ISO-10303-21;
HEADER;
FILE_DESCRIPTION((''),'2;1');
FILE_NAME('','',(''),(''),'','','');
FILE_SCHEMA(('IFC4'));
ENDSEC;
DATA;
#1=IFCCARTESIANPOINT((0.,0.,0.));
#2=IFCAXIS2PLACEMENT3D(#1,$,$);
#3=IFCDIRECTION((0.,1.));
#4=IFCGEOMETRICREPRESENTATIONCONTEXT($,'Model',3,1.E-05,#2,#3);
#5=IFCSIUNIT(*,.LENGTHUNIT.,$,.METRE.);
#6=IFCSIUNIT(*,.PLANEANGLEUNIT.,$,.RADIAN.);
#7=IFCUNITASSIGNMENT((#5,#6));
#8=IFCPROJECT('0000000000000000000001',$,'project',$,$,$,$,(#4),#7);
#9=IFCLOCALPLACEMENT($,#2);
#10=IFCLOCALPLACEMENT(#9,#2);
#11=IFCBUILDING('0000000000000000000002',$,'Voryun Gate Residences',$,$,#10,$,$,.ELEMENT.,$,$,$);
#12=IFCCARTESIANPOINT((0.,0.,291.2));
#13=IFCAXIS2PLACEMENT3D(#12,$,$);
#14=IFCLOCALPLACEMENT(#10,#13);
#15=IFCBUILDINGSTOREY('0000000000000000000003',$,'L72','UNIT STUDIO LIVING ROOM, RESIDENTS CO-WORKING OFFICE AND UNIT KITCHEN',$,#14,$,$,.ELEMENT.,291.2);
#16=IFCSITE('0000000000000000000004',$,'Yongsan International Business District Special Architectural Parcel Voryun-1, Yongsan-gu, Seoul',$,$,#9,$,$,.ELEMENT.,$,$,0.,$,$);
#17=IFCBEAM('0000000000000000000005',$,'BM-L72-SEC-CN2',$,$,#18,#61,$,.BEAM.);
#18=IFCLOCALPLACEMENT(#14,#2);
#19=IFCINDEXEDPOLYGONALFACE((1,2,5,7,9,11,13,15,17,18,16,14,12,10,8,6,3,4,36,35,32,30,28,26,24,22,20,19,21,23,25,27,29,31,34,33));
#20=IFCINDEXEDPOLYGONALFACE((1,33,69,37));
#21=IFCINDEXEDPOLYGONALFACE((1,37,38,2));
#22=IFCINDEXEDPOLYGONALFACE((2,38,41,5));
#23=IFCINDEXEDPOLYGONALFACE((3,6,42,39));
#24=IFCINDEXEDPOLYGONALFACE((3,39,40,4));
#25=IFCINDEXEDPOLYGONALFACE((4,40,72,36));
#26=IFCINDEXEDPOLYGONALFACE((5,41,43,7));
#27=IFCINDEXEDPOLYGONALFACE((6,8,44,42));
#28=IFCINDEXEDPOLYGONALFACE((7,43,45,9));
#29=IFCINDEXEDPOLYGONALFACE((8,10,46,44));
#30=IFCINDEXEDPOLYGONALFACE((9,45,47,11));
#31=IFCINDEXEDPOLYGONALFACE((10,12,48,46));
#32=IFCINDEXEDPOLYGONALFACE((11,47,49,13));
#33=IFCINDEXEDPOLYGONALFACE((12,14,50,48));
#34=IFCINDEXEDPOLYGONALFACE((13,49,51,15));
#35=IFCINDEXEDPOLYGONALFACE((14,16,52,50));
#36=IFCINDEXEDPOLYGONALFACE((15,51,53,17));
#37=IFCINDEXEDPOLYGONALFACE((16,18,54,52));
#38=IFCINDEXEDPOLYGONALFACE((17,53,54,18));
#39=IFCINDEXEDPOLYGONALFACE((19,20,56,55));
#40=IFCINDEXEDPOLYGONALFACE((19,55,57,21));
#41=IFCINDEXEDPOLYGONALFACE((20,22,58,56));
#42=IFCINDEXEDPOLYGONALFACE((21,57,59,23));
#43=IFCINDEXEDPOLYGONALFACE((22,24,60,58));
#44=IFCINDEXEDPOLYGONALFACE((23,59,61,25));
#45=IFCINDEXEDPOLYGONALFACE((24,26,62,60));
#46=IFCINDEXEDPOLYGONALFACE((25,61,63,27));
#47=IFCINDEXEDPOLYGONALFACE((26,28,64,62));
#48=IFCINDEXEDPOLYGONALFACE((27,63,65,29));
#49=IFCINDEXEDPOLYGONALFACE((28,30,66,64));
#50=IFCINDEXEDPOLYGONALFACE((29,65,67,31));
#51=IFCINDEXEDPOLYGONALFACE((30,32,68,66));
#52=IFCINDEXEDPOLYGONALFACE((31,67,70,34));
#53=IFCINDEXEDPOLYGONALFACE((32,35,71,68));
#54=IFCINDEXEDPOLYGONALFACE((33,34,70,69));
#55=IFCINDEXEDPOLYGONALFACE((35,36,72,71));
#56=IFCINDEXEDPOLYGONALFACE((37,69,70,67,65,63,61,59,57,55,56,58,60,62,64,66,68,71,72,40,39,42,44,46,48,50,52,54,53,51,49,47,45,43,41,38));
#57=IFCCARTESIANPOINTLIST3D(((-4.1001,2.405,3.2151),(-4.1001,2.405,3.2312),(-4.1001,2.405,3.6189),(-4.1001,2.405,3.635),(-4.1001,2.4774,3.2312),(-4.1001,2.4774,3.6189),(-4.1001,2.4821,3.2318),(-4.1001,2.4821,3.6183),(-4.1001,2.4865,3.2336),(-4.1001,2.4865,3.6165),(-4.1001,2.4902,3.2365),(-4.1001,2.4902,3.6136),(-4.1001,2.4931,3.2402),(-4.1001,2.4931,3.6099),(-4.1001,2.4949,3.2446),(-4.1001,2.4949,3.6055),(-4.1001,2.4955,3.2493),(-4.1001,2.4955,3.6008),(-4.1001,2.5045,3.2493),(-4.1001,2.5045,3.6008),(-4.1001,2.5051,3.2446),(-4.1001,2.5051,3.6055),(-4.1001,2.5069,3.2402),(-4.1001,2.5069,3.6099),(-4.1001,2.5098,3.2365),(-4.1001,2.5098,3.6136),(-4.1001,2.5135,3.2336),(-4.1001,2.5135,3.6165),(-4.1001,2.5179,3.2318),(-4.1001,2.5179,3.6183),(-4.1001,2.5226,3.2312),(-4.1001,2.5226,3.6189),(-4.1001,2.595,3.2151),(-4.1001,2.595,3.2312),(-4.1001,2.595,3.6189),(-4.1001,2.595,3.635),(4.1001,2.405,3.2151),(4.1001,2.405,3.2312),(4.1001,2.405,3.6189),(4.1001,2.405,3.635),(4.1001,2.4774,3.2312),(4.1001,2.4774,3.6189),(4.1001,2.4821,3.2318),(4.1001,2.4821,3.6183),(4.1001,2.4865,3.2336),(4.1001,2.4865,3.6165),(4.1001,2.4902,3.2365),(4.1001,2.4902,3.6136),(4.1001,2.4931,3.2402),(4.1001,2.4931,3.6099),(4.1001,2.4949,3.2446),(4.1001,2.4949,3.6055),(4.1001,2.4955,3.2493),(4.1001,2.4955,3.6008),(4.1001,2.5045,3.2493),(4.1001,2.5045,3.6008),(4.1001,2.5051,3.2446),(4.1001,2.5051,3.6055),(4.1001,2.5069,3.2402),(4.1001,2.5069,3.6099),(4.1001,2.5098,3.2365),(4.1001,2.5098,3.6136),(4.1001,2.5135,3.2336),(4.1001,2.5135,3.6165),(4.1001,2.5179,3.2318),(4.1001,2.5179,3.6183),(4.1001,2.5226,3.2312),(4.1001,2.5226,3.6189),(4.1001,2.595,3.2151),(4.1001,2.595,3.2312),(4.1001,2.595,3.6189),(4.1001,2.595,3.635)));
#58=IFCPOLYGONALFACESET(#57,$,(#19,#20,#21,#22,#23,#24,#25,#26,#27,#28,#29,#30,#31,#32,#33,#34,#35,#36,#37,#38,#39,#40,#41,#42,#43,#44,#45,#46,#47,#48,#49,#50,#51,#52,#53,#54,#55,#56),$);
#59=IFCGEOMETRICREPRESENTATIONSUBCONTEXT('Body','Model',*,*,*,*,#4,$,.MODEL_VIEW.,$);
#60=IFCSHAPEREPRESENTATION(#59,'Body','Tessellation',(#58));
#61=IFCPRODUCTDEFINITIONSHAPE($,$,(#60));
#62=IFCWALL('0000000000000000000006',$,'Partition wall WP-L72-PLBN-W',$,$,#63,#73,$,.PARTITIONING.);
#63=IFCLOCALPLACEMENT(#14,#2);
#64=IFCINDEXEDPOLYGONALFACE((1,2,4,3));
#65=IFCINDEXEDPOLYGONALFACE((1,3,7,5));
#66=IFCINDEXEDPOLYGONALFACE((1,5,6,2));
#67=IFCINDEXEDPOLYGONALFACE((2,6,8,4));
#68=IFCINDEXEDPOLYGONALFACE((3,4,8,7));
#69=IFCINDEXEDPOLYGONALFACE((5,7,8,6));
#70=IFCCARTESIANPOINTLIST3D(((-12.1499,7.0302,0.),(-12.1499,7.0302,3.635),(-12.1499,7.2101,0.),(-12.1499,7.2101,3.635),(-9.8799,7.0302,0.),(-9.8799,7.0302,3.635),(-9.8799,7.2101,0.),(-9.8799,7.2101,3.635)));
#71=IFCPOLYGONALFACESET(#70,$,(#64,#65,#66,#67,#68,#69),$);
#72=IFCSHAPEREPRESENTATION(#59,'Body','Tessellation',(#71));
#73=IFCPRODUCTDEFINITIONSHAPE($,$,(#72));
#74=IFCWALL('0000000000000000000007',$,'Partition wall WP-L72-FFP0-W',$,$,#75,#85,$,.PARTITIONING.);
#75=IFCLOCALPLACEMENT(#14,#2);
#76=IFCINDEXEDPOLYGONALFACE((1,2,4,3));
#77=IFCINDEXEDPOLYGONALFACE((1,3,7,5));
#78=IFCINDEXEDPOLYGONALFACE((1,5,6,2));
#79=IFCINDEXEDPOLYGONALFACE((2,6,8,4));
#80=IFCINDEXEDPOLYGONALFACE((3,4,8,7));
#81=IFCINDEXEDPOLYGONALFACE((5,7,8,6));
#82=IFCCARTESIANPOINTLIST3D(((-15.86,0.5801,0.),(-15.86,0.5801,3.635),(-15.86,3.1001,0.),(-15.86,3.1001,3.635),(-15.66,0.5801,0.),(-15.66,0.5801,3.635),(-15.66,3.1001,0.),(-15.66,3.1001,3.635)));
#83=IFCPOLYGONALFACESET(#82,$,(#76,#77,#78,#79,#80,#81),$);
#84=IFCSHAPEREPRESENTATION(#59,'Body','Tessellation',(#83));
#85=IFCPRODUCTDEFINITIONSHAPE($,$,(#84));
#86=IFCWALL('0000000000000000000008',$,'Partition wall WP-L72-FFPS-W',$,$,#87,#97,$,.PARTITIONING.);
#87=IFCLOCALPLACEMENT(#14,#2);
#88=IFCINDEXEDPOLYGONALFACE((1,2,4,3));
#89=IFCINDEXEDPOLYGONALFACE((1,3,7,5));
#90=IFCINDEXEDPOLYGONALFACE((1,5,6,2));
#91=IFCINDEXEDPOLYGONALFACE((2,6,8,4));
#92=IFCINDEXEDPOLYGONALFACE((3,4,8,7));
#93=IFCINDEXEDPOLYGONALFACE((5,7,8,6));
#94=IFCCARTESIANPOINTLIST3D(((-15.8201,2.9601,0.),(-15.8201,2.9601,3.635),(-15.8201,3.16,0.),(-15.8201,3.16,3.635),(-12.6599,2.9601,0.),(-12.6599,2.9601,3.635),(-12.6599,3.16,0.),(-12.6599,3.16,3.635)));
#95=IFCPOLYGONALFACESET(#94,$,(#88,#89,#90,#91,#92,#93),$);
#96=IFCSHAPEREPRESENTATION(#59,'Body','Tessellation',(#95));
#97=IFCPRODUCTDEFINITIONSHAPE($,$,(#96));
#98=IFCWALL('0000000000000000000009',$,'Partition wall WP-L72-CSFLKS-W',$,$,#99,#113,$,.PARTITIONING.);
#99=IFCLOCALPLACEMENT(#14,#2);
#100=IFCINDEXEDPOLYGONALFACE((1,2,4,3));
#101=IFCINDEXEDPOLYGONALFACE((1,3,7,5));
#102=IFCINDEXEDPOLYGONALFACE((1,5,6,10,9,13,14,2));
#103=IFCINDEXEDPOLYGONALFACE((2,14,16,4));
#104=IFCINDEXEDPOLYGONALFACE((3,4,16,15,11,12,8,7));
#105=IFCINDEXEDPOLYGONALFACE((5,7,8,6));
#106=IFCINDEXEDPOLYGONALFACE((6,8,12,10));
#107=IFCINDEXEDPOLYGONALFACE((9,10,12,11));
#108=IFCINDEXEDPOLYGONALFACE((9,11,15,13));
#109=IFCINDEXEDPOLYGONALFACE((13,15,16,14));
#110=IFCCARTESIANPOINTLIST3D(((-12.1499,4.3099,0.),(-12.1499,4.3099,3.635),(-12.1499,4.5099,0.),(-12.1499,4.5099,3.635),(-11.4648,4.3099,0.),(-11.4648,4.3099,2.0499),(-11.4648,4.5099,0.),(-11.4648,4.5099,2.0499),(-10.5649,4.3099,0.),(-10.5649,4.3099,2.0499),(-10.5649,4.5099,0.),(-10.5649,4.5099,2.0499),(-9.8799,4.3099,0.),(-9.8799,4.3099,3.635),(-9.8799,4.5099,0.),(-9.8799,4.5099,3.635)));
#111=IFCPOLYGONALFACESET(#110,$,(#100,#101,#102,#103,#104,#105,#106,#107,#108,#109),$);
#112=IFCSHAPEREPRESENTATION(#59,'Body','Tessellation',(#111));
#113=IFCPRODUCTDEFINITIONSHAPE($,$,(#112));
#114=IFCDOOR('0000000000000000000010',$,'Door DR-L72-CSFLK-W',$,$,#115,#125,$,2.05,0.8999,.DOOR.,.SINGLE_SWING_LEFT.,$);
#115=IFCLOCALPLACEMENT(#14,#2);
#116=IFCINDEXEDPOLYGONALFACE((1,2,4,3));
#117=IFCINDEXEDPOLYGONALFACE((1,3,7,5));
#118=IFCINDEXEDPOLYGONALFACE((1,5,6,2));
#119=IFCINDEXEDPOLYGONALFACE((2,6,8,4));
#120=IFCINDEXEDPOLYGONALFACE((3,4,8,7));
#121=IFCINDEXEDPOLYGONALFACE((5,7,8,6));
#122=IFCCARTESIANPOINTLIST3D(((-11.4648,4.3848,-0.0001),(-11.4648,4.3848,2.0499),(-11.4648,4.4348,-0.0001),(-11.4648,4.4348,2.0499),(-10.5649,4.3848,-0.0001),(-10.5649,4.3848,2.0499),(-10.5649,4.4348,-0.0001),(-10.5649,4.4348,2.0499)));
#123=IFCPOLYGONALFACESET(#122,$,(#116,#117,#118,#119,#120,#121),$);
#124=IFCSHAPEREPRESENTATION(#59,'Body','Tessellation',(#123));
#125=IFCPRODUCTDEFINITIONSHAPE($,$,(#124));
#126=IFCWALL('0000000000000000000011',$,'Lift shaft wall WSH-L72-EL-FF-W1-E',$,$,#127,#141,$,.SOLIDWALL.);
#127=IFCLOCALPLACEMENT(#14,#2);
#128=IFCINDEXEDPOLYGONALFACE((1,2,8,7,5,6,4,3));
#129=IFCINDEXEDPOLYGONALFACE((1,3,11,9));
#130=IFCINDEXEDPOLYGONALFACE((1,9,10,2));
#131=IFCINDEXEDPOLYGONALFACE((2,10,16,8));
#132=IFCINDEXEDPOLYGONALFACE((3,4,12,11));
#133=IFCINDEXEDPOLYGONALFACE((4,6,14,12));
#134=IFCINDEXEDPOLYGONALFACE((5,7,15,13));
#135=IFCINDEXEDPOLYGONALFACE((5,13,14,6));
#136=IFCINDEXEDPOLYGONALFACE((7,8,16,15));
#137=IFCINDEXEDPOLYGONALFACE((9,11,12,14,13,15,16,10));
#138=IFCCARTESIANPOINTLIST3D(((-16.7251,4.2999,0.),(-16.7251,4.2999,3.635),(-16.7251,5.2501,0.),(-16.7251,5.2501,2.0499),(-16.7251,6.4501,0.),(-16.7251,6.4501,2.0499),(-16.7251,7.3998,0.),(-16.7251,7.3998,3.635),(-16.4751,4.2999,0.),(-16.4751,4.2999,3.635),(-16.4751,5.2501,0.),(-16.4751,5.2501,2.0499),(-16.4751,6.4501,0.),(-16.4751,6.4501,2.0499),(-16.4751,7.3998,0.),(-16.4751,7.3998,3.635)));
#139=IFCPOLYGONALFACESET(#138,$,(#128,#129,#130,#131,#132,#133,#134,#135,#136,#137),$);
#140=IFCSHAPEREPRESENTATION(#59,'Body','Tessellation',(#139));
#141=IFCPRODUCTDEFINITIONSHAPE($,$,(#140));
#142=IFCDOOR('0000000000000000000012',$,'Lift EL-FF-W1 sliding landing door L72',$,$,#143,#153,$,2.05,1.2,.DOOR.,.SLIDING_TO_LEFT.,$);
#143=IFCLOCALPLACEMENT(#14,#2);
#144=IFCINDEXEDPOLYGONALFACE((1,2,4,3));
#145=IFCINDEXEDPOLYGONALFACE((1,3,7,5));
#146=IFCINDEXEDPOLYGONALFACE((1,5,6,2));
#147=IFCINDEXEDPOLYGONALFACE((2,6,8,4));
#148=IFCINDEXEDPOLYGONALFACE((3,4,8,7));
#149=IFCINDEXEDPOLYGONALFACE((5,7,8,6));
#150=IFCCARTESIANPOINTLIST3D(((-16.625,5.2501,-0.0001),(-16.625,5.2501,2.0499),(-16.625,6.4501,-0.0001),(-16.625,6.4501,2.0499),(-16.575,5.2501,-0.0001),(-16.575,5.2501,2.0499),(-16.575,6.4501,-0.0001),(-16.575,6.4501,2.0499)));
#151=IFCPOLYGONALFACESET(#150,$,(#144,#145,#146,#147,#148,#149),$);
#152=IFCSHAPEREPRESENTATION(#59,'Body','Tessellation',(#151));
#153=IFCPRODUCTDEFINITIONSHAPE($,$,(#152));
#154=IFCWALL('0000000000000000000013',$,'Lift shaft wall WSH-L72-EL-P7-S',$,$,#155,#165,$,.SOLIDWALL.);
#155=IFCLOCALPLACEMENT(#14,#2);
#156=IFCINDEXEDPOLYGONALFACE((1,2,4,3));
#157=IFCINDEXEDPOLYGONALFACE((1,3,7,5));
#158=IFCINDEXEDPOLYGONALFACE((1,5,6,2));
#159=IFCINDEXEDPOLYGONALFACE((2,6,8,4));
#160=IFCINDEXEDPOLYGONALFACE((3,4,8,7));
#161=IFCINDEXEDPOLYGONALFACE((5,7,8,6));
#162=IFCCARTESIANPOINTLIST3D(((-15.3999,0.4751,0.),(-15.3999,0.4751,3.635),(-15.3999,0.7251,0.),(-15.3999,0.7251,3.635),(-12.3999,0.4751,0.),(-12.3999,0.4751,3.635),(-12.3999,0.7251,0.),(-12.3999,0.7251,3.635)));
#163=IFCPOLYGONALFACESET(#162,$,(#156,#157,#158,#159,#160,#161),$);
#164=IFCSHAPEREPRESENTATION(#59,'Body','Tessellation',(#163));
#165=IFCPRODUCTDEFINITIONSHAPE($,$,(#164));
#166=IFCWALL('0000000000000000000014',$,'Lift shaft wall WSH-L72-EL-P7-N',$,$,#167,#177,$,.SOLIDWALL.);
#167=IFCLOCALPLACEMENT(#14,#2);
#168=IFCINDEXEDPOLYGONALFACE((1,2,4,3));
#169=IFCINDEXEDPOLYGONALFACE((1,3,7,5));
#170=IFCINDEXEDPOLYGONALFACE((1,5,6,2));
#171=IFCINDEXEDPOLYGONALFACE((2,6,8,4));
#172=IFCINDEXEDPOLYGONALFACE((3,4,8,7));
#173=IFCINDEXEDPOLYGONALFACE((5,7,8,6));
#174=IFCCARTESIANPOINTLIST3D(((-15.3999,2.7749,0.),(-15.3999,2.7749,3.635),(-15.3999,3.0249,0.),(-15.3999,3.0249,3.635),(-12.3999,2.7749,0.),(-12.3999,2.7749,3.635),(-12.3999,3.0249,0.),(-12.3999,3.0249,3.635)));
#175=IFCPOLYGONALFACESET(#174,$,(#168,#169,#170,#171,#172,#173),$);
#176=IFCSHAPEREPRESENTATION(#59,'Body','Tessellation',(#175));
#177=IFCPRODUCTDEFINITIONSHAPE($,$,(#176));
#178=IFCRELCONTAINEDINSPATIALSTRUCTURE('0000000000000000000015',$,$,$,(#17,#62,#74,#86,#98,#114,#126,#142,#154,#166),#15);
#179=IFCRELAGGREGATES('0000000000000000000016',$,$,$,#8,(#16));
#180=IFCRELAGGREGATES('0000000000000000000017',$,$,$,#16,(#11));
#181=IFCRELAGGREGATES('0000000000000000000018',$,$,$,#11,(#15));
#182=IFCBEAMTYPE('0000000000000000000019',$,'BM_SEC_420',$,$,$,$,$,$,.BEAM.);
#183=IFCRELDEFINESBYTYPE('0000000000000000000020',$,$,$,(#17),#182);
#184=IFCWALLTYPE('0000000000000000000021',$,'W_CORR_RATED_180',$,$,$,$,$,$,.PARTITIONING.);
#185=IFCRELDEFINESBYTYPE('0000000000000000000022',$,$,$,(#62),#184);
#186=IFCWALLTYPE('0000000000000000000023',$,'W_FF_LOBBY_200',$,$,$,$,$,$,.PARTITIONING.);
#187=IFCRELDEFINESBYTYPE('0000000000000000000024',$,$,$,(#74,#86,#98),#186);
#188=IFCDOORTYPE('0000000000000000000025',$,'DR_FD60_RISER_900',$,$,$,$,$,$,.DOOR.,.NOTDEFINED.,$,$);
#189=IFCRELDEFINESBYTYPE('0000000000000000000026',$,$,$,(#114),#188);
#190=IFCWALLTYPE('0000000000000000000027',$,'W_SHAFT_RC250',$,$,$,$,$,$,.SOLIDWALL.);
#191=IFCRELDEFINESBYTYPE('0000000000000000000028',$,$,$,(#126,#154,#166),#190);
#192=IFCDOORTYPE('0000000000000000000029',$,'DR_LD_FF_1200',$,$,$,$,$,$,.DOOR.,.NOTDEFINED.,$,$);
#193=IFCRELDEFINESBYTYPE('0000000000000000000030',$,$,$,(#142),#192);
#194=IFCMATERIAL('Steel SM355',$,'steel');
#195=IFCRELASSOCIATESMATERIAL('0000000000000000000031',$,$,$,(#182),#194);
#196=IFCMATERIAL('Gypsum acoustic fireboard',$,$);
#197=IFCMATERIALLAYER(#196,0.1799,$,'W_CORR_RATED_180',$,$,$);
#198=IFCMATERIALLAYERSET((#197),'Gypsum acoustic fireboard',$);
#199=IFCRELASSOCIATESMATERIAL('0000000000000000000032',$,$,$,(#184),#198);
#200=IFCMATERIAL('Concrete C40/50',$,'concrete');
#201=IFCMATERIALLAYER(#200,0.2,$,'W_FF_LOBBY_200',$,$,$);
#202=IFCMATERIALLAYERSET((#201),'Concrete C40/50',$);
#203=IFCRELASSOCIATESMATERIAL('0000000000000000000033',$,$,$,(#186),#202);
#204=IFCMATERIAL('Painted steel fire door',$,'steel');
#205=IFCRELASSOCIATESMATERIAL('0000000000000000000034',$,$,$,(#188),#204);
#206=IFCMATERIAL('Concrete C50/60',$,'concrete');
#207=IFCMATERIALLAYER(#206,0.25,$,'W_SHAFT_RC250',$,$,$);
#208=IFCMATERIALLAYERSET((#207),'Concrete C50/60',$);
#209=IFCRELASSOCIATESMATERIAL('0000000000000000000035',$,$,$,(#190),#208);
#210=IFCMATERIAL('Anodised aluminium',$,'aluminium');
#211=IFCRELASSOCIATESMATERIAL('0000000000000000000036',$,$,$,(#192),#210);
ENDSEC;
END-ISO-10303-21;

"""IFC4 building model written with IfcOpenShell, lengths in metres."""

from ifc_helpers import new_model, si_unit, direction, frame, frame_2d, origin, origin_2d, place, context, subcontext, project, spatial, rectangle, i_section, extrude, material, layer, layer_set, material_profile, profile_set, type_object, element, fill, save


model = new_model("IFC4")

# Units and contexts
model_context = context("Model", 3, precision=1e-05, world=origin(), true_north=direction((0.0, 1.0)))
body_context = subcontext(model_context, "Body", "Model", "MODEL_VIEW")
ifc_project = project(units=[si_unit("LENGTHUNIT", "METRE"), si_unit("PLANEANGLEUNIT", "RADIAN")], contexts=[model_context])

# Site, building, storey
site_placement = place(None, origin())
site = spatial("IfcSite", under=ifc_project, at=site_placement, Name="Yongsan International Business District Special Architectural Parcel Voryun-1, Yongsan-gu, Seoul", CompositionType="ELEMENT", RefElevation=0.0)
building_placement = place(site_placement, origin())
building = spatial("IfcBuilding", under=site, at=building_placement, Name="Voryun Gate Residences", CompositionType="ELEMENT")
storey_placement = place(building_placement, frame((0.0, 0.0, 291.2)))
storey = spatial("IfcBuildingStorey", under=building, at=storey_placement, Name="L72", Description="UNIT STUDIO LIVING ROOM, RESIDENTS CO-WORKING OFFICE AND UNIT KITCHEN", CompositionType="ELEMENT", Elevation=291.2)

# Beam
ifc_material_1 = material(Name="Steel SM355", Category="steel")
ifc_material_profile_1 = material_profile(ifc_material_1, i_section(OverallWidth=0.1899, OverallDepth=0.4199, WebThickness=0.009, FlangeThickness=0.0161, FilletRadius=0.0181, at=origin_2d()), Name="H-420x190x9x16")
ifc_profile_set_1 = profile_set([ifc_material_profile_1], Name="Steel SM355")
beam_type = type_object("IfcBeamType", Name="BM_SEC_420", PredefinedType="BEAM", material=ifc_profile_set_1)
beam_1_placement = place(storey_placement, frame((-4.1001, 2.5, 3.425), z_axis=(1.0, 0.0, 0.0), x_axis=(0.0, 1.0, 0.0)))
element("IfcBeam", 1, at=beam_1_placement, inside=storey, type_object=beam_type, Name="BM-L72-SEC-CN2", PredefinedType="BEAM", context=body_context, shape_type="SweptSolid", body=[
    extrude(i_section(OverallWidth=0.1899, OverallDepth=0.4199, WebThickness=0.009, FlangeThickness=0.0161, FilletRadius=0.0181, at=origin_2d()), origin(), (0.0, 0.0, 1.0), 8.2002),
])

# Walls
ifc_material_2 = material(Name="Gypsum acoustic fireboard")
ifc_layer_1 = layer(ifc_material_2, 0.1799, Name="W_CORR_RATED_180")
ifc_layer_set_1 = layer_set([ifc_layer_1], Name="Gypsum acoustic fireboard")
wall_type_1 = type_object("IfcWallType", Name="W_CORR_RATED_180", PredefinedType="PARTITIONING", material=ifc_layer_set_1)
wall_1_placement = place(storey_placement, frame((-12.1499, 7.1201, 0.0), z_axis=(0.0, 0.0, 1.0), x_axis=(1.0, 0.0, 0.0)))
element("IfcWall", 2, at=wall_1_placement, inside=storey, type_object=wall_type_1, Name="Partition wall WP-L72-PLBN-W", PredefinedType="PARTITIONING", context=body_context, shape_type="SweptSolid", body=[
    extrude(rectangle(XDim=2.27, YDim=0.1799, at=frame_2d((1.135, 0.0))), origin(), (0.0, 0.0, 1.0), 3.635),
])
ifc_material_3 = material(Name="Concrete C40/50", Category="concrete")
ifc_layer_2 = layer(ifc_material_3, 0.2, Name="W_FF_LOBBY_200")
ifc_layer_set_2 = layer_set([ifc_layer_2], Name="Concrete C40/50")
wall_type_2 = type_object("IfcWallType", Name="W_FF_LOBBY_200", PredefinedType="PARTITIONING", material=ifc_layer_set_2)
wall_2_placement = place(storey_placement, frame((-15.76, 0.5801, 0.0), z_axis=(0.0, 0.0, 1.0), x_axis=(0.0, 1.0, 0.0)))
element("IfcWall", 3, at=wall_2_placement, inside=storey, type_object=wall_type_2, Name="Partition wall WP-L72-FFP0-W", PredefinedType="PARTITIONING", context=body_context, shape_type="SweptSolid", body=[
    extrude(rectangle(XDim=2.52, YDim=0.2, at=frame_2d((1.26, 0.0))), origin(), (0.0, 0.0, 1.0), 3.635),
])
wall_3_placement = place(storey_placement, frame((-15.8201, 3.0601, 0.0), z_axis=(0.0, 0.0, 1.0), x_axis=(1.0, 0.0, 0.0)))
element("IfcWall", 4, at=wall_3_placement, inside=storey, type_object=wall_type_2, Name="Partition wall WP-L72-FFPS-W", PredefinedType="PARTITIONING", context=body_context, shape_type="SweptSolid", body=[
    extrude(rectangle(XDim=3.1602, YDim=0.2, at=frame_2d((1.5801, 0.0))), origin(), (0.0, 0.0, 1.0), 3.635),
])

# Walls, openings, doors
wall_4_placement = place(storey_placement, frame((-12.1499, 4.4099, 0.0), z_axis=(0.0, 0.0, 1.0), x_axis=(1.0, 0.0, 0.0)))
wall_4 = element("IfcWall", 5, at=wall_4_placement, inside=storey, type_object=wall_type_2, Name="Partition wall WP-L72-CSFLKS-W", PredefinedType="PARTITIONING", context=body_context, shape_type="SweptSolid", body=[
    extrude(rectangle(XDim=2.27, YDim=0.2, at=frame_2d((1.135, 0.0))), origin(), (0.0, 0.0, 1.0), 3.635),
])
opening_1_placement = place(wall_4_placement, frame((0.6851, 0.0, 0.0)))
opening_1 = element("IfcOpeningElement", 6, at=opening_1_placement, cuts=wall_4, PredefinedType="OPENING", context=body_context, shape_type="SweptSolid", body=[
    extrude(rectangle(XDim=0.8999, YDim=2.05, at=frame_2d((0.45, 1.0249))), frame((0.0, 0.1101, 0.0), z_axis=(0.0, -1.0, 0.0), x_axis=(1.0, 0.0, 0.0)), (0.0, 0.0, 1.0), 0.22),
])
ifc_material_4 = material(Name="Painted steel fire door", Category="steel")
door_type_1 = type_object("IfcDoorType", Name="DR_FD60_RISER_900", OperationType="NOTDEFINED", PredefinedType="DOOR", material=ifc_material_4)
door_1_placement = place(opening_1_placement, origin())
door_1 = element("IfcDoor", 7, at=door_1_placement, inside=storey, type_object=door_type_1, Name="Door DR-L72-CSFLK-W", OperationType="SINGLE_SWING_LEFT", OverallHeight=2.05, OverallWidth=0.8999, PredefinedType="DOOR", context=body_context, shape_type="SweptSolid", body=[
    extrude(rectangle(XDim=0.8999, YDim=2.05, at=frame_2d((0.45, 1.0249))), frame((0.0, 0.0249, 0.0), z_axis=(0.0, -1.0, 0.0), x_axis=(1.0, 0.0, 0.0)), (0.0, 0.0, 1.0), 0.05),
])
fill(opening_1, door_1)
ifc_material_5 = material(Name="Concrete C50/60", Category="concrete")
ifc_layer_3 = layer(ifc_material_5, 0.25, Name="W_SHAFT_RC250")
ifc_layer_set_3 = layer_set([ifc_layer_3], Name="Concrete C50/60")
wall_type_3 = type_object("IfcWallType", Name="W_SHAFT_RC250", PredefinedType="SOLIDWALL", material=ifc_layer_set_3)
wall_5_placement = place(storey_placement, frame((-16.6001, 4.3, 0.0), z_axis=(0.0, 0.0, 1.0), x_axis=(0.0, 1.0, 0.0)))
wall_5 = element("IfcWall", 8, at=wall_5_placement, inside=storey, type_object=wall_type_3, Name="Lift shaft wall WSH-L72-EL-FF-W1-E", PredefinedType="SOLIDWALL", context=body_context, shape_type="SweptSolid", body=[
    extrude(rectangle(XDim=3.0999, YDim=0.25, at=frame_2d((1.5498, 0.0))), origin(), (0.0, 0.0, 1.0), 3.635),
])
opening_2_placement = place(wall_5_placement, frame((0.95, 0.0, 0.0)))
opening_2 = element("IfcOpeningElement", 9, at=opening_2_placement, cuts=wall_5, PredefinedType="OPENING", context=body_context, shape_type="SweptSolid", body=[
    extrude(rectangle(XDim=1.2, YDim=2.05, at=frame_2d((0.6001, 1.0249))), frame((0.0, 0.135, 0.0), z_axis=(0.0, -1.0, 0.0), x_axis=(1.0, 0.0, 0.0)), (0.0, 0.0, 1.0), 0.27),
])
ifc_material_6 = material(Name="Anodised aluminium", Category="aluminium")
door_type_2 = type_object("IfcDoorType", Name="DR_LD_FF_1200", OperationType="NOTDEFINED", PredefinedType="DOOR", material=ifc_material_6)
door_2_placement = place(opening_2_placement, origin())
door_2 = element("IfcDoor", 10, at=door_2_placement, inside=storey, type_object=door_type_2, Name="Lift EL-FF-W1 sliding landing door L72", OperationType="SLIDING_TO_LEFT", OverallHeight=2.05, OverallWidth=1.2, PredefinedType="DOOR", context=body_context, shape_type="SweptSolid", body=[
    extrude(rectangle(XDim=1.2, YDim=2.05, at=frame_2d((0.6001, 1.0249))), frame((0.0, 0.0249, 0.0), z_axis=(0.0, -1.0, 0.0), x_axis=(1.0, 0.0, 0.0)), (0.0, 0.0, 1.0), 0.05),
])
fill(opening_2, door_2)

# Walls
for number, where, z_axis, x_axis, name in (
    (11, (-15.3999, 0.6001, 0.0), (0.0, 0.0, 1.0), (1.0, 0.0, 0.0), "Lift shaft wall WSH-L72-EL-P7-S"),
    (12, (-12.3999, 2.8999, 0.0), (0.0, 0.0, 1.0), (-1.0, 0.0, 0.0), "Lift shaft wall WSH-L72-EL-P7-N"),
):
    element("IfcWall", number, at=place(storey_placement, frame(where, z_axis=z_axis, x_axis=x_axis)), inside=storey, type_object=wall_type_3, Name=name, PredefinedType="SOLIDWALL", context=body_context, shape_type="SweptSolid", body=[
        extrude(rectangle(XDim=3.0, YDim=0.25, at=frame_2d((1.5, 0.0))), origin(), (0.0, 0.0, 1.0), 3.635),
    ])

save(model, "model.ifc")
